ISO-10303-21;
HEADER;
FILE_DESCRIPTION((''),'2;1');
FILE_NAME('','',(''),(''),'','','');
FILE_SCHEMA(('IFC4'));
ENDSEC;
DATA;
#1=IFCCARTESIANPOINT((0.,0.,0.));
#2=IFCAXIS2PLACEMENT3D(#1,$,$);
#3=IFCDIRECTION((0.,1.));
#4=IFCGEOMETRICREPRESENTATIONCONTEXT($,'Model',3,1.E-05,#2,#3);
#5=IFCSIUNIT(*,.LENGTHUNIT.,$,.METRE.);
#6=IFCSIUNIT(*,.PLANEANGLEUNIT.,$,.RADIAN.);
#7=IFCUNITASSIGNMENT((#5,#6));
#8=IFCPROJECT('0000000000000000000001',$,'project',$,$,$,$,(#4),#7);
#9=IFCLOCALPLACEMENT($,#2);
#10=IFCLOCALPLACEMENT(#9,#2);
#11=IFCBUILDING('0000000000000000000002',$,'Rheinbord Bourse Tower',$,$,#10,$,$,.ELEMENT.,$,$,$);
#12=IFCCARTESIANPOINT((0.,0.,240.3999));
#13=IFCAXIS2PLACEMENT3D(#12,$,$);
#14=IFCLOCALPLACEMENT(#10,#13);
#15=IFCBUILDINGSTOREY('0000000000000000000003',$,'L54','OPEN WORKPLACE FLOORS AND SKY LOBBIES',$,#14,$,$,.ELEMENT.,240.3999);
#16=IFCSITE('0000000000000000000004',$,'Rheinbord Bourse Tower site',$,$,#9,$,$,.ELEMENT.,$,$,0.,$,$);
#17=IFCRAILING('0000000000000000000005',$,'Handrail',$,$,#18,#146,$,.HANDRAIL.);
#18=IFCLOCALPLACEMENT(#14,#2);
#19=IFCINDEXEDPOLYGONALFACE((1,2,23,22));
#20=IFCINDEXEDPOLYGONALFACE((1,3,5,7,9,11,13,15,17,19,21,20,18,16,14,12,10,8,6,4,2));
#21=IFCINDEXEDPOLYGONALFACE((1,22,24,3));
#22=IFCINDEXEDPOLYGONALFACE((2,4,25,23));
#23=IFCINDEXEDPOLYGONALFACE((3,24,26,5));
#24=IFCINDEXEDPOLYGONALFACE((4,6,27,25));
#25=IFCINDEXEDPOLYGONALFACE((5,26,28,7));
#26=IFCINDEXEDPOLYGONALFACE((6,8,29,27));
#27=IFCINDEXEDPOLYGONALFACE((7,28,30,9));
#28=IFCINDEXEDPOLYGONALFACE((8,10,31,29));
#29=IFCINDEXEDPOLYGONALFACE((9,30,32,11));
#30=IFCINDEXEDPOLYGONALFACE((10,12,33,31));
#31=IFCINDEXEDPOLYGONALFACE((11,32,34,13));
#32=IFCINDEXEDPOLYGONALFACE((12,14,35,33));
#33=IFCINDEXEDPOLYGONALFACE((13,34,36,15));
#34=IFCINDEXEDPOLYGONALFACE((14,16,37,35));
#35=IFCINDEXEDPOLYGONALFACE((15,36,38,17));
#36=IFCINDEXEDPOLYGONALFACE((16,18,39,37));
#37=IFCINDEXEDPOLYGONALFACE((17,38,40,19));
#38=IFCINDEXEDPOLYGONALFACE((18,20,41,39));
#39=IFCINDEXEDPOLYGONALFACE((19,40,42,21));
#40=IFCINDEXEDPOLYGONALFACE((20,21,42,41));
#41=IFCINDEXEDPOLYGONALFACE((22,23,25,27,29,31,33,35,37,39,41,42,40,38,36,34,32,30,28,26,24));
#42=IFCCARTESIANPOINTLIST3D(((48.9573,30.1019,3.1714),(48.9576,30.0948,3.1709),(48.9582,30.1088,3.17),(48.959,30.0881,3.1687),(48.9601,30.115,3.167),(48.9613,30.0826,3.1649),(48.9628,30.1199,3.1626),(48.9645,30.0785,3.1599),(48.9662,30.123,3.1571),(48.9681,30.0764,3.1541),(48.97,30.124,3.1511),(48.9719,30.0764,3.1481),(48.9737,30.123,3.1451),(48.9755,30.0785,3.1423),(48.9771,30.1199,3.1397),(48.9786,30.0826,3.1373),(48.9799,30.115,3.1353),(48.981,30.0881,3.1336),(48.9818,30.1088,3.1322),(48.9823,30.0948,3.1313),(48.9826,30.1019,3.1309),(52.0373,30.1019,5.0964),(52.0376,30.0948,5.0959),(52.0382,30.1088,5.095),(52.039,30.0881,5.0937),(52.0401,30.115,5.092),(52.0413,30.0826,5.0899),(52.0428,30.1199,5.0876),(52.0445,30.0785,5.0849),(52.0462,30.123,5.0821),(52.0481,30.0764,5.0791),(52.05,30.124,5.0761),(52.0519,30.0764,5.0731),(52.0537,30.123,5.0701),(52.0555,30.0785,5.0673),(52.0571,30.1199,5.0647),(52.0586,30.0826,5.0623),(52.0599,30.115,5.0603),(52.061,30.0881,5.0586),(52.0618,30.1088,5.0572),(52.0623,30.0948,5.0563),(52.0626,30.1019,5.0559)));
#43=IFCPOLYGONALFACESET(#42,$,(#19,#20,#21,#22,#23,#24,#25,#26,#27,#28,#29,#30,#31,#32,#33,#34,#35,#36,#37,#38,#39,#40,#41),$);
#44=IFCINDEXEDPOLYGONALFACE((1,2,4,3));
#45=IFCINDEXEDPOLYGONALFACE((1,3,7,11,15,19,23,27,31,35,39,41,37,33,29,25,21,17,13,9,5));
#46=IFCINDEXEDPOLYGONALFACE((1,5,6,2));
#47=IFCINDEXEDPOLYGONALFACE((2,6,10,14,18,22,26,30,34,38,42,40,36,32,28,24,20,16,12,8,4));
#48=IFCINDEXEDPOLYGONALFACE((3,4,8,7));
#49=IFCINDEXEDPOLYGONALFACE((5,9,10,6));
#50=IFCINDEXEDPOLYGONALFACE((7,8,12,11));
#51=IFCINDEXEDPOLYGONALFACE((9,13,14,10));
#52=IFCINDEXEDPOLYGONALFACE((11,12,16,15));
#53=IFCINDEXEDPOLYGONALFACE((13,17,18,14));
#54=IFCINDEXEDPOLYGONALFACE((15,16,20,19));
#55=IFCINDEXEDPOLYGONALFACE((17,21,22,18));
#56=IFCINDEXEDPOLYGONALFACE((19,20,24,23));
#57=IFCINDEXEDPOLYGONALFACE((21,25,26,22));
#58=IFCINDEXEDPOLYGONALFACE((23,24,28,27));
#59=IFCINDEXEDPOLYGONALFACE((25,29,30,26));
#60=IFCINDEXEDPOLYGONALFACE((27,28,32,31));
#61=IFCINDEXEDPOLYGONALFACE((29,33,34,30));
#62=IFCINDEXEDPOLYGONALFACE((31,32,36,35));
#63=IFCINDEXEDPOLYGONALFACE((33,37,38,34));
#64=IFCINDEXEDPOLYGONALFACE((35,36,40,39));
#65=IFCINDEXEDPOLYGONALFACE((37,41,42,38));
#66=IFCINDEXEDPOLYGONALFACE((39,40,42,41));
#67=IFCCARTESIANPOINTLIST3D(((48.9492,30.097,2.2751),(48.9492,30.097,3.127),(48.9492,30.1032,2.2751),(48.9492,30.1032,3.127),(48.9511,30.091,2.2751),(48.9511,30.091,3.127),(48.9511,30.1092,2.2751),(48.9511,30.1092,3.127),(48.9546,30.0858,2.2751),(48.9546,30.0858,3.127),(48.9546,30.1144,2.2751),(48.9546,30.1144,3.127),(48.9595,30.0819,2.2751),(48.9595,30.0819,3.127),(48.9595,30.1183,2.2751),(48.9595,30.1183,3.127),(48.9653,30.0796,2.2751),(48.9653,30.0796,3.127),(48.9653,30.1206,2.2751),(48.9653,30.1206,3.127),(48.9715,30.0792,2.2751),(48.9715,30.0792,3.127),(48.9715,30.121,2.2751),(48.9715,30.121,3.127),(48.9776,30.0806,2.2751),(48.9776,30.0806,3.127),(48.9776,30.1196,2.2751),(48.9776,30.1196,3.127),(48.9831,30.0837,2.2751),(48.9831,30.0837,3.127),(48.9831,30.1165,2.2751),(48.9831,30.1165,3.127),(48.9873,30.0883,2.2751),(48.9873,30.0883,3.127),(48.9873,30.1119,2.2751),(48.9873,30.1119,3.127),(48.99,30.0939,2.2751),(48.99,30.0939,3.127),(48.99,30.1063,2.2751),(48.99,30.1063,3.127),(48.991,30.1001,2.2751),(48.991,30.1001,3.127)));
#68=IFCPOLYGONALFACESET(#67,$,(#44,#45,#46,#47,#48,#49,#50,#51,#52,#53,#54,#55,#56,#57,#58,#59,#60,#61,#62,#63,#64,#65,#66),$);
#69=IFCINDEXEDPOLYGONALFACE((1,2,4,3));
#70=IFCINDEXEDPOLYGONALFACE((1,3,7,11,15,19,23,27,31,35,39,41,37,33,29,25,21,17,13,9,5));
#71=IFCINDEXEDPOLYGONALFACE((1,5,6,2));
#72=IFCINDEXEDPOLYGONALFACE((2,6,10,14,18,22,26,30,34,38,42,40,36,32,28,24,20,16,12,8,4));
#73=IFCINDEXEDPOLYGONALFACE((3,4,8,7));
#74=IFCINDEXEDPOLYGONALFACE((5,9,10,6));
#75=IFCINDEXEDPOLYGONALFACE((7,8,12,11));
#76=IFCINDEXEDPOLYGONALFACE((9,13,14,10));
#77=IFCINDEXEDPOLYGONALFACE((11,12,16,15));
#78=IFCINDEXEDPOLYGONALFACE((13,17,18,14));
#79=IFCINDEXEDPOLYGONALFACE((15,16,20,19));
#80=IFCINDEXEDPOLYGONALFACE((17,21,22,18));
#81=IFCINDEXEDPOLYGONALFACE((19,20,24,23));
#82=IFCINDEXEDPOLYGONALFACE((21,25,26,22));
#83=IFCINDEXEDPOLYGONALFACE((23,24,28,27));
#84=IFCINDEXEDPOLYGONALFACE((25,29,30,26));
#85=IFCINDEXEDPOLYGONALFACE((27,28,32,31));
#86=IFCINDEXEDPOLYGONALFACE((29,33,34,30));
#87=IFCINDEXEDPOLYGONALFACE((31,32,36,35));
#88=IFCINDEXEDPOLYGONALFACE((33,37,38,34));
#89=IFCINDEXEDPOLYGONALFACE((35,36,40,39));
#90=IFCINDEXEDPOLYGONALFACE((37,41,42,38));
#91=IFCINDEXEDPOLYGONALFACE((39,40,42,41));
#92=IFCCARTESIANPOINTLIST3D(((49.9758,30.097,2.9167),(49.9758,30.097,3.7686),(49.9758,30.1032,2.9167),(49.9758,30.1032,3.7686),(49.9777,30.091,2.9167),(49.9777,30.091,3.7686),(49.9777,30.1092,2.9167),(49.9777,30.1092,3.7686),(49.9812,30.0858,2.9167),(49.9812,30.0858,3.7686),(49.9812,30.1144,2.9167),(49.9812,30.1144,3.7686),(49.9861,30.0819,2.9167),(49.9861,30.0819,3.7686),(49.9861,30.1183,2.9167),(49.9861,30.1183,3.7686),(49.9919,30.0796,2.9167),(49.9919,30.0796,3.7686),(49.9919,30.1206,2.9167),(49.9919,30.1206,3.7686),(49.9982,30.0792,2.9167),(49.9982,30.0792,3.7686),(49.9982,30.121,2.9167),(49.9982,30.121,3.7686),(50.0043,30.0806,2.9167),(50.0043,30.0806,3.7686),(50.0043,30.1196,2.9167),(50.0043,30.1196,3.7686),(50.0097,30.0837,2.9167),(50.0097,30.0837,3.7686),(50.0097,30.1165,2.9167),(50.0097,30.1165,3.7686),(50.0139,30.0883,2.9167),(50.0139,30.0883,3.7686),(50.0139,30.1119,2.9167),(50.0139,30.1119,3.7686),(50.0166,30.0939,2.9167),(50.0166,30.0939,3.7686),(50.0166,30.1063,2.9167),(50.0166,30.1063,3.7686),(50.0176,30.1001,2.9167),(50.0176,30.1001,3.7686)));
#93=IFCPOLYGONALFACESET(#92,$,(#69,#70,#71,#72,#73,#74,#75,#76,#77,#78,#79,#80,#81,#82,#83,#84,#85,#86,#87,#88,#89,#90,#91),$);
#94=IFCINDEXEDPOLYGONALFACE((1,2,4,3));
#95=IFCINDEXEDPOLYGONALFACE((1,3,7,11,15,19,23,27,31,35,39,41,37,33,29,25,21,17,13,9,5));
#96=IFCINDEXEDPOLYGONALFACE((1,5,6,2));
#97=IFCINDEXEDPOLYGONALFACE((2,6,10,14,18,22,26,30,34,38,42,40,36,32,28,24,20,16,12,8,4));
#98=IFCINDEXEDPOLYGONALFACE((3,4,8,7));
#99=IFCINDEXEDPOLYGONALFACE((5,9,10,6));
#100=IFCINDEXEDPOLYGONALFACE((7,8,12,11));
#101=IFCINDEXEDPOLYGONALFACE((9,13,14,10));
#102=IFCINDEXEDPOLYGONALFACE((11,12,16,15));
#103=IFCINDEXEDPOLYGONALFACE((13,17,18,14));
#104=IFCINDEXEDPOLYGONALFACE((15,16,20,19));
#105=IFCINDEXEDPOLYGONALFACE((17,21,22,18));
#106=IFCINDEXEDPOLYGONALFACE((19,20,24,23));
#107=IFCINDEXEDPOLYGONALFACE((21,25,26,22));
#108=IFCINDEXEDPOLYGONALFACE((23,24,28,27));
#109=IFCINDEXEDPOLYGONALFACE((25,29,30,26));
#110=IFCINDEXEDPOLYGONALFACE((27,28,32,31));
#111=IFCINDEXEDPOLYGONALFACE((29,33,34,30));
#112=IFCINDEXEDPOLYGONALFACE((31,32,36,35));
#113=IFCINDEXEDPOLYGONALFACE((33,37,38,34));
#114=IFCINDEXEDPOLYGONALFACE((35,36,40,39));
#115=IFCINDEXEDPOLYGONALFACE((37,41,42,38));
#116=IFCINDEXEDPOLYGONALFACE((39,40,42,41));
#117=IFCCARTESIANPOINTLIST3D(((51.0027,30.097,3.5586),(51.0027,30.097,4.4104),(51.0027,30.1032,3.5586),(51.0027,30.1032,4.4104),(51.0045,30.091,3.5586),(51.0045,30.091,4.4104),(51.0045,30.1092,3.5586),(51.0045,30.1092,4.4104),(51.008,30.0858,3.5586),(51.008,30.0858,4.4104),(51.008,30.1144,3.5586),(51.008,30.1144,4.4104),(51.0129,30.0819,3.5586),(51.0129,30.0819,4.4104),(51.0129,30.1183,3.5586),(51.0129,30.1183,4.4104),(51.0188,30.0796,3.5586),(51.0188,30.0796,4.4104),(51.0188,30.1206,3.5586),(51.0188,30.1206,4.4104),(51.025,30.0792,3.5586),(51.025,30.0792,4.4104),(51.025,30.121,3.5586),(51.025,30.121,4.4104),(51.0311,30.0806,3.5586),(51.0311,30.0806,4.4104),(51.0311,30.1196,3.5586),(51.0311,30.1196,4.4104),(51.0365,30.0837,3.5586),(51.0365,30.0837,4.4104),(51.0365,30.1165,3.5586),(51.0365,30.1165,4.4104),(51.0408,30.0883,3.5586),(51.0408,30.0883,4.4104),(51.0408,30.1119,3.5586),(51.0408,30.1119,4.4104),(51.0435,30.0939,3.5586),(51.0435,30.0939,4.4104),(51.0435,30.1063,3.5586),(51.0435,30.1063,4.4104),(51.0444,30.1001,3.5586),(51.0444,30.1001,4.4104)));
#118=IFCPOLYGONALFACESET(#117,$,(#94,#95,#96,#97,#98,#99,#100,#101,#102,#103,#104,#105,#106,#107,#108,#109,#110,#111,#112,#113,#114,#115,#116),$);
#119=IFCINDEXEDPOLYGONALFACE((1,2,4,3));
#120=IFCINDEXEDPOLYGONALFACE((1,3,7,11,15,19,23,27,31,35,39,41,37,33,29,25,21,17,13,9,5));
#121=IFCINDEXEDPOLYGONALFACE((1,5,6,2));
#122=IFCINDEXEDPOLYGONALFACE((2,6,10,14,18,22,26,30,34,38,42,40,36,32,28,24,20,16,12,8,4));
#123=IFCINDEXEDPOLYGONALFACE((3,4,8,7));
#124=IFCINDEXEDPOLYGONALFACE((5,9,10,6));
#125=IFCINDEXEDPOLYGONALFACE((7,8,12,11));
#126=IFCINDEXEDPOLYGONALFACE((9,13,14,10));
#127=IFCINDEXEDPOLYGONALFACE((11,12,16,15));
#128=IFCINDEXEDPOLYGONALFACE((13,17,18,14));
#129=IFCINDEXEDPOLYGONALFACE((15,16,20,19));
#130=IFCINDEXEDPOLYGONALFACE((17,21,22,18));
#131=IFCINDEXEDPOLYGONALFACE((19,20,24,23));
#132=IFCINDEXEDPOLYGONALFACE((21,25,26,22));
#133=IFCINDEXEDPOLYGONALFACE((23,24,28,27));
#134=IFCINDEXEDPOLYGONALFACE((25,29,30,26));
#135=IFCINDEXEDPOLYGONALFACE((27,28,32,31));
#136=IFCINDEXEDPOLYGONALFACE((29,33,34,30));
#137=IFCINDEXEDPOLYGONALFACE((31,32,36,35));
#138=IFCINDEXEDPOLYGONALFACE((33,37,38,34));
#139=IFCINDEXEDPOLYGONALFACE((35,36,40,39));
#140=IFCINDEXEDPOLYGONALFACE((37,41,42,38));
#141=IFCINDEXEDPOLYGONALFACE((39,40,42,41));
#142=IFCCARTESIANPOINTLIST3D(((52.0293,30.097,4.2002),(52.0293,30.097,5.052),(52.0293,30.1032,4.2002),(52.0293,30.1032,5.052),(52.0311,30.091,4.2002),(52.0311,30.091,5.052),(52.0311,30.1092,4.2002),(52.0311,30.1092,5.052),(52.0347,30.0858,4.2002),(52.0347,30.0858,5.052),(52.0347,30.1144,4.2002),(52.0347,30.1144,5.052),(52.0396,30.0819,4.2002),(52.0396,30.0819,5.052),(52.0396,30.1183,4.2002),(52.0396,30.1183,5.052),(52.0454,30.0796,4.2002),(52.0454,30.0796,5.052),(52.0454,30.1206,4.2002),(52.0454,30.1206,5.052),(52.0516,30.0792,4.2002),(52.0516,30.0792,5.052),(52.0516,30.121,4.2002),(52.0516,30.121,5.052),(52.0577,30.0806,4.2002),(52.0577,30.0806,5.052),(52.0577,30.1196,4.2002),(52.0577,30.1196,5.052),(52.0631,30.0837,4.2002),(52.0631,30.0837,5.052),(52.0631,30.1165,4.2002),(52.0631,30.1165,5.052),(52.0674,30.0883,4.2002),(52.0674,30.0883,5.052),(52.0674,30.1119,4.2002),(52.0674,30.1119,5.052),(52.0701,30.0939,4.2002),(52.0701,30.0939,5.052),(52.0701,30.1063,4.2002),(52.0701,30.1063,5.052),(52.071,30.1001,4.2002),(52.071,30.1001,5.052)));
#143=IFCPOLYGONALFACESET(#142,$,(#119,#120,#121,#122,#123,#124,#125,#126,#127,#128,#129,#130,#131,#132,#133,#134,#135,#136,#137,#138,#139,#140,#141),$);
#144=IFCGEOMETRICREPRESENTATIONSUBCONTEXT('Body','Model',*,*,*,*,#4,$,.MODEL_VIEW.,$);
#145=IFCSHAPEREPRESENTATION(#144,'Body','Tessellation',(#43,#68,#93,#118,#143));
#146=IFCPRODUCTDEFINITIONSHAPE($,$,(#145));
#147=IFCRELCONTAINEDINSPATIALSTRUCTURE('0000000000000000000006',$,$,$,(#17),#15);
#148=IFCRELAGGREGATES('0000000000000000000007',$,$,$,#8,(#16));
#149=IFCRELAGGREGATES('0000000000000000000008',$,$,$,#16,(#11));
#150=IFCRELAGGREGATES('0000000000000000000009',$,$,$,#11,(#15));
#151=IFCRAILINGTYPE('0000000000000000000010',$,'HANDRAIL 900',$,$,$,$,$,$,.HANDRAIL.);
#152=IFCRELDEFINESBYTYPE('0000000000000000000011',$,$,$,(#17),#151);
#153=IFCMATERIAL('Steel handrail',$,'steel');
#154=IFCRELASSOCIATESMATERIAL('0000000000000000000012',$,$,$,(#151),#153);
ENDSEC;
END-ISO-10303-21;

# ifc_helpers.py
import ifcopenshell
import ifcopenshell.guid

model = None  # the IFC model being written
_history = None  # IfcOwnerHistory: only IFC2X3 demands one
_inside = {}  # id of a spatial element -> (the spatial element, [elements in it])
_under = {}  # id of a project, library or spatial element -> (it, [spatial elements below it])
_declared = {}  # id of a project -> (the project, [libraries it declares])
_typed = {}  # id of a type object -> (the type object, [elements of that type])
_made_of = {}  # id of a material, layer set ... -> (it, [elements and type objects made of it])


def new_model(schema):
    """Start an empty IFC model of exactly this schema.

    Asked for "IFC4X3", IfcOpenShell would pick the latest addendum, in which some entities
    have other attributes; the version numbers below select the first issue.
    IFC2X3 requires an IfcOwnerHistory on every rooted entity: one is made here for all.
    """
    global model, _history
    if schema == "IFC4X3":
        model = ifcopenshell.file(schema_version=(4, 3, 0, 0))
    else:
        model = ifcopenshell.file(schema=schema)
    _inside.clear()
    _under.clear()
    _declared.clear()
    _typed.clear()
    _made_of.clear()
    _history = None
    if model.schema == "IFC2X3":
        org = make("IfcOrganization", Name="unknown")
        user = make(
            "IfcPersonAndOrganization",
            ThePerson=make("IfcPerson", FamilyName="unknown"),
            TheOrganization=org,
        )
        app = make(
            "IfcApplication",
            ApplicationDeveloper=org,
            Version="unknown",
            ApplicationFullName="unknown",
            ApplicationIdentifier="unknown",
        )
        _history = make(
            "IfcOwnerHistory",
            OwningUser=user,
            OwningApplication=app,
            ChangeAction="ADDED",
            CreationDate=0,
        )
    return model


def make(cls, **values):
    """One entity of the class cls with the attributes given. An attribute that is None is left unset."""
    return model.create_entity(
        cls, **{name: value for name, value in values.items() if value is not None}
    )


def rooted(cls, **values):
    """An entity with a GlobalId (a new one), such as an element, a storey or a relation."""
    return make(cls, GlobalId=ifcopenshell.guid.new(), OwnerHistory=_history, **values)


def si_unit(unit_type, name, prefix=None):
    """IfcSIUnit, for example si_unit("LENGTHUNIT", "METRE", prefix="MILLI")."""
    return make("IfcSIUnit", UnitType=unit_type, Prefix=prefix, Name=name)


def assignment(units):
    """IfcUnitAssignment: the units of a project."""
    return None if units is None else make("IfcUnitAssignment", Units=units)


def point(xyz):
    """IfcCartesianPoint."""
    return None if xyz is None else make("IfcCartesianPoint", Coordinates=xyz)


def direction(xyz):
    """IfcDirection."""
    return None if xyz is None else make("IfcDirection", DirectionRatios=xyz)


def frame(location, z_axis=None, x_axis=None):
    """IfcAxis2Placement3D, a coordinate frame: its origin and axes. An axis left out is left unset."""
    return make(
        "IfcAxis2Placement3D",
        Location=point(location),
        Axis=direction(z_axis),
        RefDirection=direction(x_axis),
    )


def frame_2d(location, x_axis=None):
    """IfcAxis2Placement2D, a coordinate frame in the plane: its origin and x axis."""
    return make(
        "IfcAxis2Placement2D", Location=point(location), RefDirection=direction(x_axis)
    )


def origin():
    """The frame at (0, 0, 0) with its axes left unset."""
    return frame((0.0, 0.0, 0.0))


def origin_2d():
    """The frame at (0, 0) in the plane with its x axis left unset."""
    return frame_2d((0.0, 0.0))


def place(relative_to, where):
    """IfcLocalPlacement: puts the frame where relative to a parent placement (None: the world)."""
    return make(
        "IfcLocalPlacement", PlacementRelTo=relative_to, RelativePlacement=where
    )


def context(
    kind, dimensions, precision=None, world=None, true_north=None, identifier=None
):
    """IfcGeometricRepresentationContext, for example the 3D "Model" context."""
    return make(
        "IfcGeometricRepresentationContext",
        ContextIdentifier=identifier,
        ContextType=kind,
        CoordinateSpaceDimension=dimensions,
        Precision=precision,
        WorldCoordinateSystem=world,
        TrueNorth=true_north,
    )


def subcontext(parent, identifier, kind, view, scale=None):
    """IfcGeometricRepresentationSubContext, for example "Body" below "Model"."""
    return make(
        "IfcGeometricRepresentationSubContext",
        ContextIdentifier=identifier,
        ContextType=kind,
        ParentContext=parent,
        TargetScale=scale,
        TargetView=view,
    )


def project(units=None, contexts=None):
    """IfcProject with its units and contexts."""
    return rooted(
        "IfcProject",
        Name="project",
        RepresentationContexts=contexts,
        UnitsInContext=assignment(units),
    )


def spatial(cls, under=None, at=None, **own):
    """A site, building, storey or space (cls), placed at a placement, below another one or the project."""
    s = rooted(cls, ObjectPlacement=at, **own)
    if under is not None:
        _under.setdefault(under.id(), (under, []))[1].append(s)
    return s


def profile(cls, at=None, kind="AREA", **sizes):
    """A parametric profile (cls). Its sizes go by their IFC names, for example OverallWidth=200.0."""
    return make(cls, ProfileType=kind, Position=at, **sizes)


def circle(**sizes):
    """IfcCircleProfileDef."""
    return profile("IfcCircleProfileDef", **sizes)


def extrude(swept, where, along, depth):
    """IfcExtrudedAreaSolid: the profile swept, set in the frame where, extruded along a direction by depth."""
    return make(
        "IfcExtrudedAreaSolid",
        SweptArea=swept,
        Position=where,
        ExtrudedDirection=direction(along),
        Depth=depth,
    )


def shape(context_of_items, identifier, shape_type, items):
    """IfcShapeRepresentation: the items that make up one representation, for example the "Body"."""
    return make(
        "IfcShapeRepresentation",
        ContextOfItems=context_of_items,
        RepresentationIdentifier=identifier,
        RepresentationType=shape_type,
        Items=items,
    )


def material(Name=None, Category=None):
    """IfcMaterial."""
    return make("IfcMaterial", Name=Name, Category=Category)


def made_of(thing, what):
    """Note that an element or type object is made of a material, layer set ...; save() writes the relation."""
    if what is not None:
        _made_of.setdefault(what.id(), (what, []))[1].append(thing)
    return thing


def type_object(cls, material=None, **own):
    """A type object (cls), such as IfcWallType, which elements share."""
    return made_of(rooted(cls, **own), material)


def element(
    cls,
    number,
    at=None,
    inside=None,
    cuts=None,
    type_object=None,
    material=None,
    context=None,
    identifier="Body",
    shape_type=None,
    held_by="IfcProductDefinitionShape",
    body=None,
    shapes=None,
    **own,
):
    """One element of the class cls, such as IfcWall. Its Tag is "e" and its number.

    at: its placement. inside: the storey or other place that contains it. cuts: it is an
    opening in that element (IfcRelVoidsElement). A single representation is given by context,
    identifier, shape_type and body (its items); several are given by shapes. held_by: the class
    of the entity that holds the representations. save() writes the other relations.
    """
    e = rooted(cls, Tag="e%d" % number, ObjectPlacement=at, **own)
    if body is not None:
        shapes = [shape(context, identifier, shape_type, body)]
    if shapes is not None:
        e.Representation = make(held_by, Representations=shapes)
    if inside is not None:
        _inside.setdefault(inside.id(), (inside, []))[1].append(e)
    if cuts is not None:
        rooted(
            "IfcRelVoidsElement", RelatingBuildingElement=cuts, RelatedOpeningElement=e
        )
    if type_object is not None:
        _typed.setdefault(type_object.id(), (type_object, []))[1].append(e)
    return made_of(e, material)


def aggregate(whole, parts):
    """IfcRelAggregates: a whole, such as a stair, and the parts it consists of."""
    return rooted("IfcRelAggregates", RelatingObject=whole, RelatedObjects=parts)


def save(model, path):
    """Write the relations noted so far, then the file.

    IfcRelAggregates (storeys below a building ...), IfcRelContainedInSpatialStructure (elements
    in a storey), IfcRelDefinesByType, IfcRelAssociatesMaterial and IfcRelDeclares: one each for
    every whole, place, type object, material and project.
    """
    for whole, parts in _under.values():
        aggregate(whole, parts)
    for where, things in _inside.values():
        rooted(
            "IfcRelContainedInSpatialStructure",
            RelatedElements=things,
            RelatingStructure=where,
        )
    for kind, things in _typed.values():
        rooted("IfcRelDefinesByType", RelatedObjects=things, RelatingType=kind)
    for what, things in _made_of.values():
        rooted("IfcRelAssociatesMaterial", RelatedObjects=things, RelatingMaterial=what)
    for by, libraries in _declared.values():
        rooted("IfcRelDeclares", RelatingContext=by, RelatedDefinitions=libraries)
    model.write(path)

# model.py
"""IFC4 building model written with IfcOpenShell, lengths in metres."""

from ifc_helpers import new_model, si_unit, direction, frame, origin, origin_2d, place, context, subcontext, project, spatial, circle, extrude, material, type_object, element, save


model = new_model("IFC4")

# Units and contexts
model_context = context("Model", 3, precision=1e-05, world=origin(), true_north=direction((0.0, 1.0)))
body_context = subcontext(model_context, "Body", "Model", "MODEL_VIEW")
ifc_project = project(units=[si_unit("LENGTHUNIT", "METRE"), si_unit("PLANEANGLEUNIT", "RADIAN")], contexts=[model_context])

# Site, building, storey
site_placement = place(None, origin())
site = spatial("IfcSite", under=ifc_project, at=site_placement, Name="Rheinbord Bourse Tower site", CompositionType="ELEMENT", RefElevation=0.0)
building_placement = place(site_placement, origin())
building = spatial("IfcBuilding", under=site, at=building_placement, Name="Rheinbord Bourse Tower", CompositionType="ELEMENT")
storey_placement = place(building_placement, frame((0.0, 0.0, 240.3999)))
storey = spatial("IfcBuildingStorey", under=building, at=storey_placement, Name="L54", Description="OPEN WORKPLACE FLOORS AND SKY LOBBIES", CompositionType="ELEMENT", Elevation=240.3999)

# Railing
ifc_material_1 = material(Name="Steel handrail", Category="steel")
railing_type = type_object("IfcRailingType", Name="HANDRAIL 900", PredefinedType="HANDRAIL", material=ifc_material_1)
railing_1_placement = place(storey_placement, frame((48.97, 30.1001, 2.2751)))
element("IfcRailing", 1, at=railing_1_placement, inside=storey, type_object=railing_type, Name="Handrail", PredefinedType="HANDRAIL", context=body_context, shape_type="SweptSolid", body=[
    extrude(circle(Radius=0.0239, at=origin_2d()), frame((0.0, 0.0, 0.876), z_axis=(0.847998, 0.0, 0.529999), x_axis=(0.0, 1.0, 0.0)), (0.0, 0.0, 1.0), 3.6321),
    extrude(circle(Radius=0.021, at=origin_2d()), origin(), (0.0, 0.0, 1.0), 0.8518),
    extrude(circle(Radius=0.021, at=origin_2d()), frame((1.0266, 0.0, 0.6416)), (0.0, 0.0, 1.0), 0.8518),
    extrude(circle(Radius=0.021, at=origin_2d()), frame((2.0535, 0.0, 1.2834)), (0.0, 0.0, 1.0), 0.8518),
    extrude(circle(Radius=0.021, at=origin_2d()), frame((3.0801, 0.0, 1.925)), (0.0, 0.0, 1.0), 0.8518),
])

save(model, "model.ifc")
